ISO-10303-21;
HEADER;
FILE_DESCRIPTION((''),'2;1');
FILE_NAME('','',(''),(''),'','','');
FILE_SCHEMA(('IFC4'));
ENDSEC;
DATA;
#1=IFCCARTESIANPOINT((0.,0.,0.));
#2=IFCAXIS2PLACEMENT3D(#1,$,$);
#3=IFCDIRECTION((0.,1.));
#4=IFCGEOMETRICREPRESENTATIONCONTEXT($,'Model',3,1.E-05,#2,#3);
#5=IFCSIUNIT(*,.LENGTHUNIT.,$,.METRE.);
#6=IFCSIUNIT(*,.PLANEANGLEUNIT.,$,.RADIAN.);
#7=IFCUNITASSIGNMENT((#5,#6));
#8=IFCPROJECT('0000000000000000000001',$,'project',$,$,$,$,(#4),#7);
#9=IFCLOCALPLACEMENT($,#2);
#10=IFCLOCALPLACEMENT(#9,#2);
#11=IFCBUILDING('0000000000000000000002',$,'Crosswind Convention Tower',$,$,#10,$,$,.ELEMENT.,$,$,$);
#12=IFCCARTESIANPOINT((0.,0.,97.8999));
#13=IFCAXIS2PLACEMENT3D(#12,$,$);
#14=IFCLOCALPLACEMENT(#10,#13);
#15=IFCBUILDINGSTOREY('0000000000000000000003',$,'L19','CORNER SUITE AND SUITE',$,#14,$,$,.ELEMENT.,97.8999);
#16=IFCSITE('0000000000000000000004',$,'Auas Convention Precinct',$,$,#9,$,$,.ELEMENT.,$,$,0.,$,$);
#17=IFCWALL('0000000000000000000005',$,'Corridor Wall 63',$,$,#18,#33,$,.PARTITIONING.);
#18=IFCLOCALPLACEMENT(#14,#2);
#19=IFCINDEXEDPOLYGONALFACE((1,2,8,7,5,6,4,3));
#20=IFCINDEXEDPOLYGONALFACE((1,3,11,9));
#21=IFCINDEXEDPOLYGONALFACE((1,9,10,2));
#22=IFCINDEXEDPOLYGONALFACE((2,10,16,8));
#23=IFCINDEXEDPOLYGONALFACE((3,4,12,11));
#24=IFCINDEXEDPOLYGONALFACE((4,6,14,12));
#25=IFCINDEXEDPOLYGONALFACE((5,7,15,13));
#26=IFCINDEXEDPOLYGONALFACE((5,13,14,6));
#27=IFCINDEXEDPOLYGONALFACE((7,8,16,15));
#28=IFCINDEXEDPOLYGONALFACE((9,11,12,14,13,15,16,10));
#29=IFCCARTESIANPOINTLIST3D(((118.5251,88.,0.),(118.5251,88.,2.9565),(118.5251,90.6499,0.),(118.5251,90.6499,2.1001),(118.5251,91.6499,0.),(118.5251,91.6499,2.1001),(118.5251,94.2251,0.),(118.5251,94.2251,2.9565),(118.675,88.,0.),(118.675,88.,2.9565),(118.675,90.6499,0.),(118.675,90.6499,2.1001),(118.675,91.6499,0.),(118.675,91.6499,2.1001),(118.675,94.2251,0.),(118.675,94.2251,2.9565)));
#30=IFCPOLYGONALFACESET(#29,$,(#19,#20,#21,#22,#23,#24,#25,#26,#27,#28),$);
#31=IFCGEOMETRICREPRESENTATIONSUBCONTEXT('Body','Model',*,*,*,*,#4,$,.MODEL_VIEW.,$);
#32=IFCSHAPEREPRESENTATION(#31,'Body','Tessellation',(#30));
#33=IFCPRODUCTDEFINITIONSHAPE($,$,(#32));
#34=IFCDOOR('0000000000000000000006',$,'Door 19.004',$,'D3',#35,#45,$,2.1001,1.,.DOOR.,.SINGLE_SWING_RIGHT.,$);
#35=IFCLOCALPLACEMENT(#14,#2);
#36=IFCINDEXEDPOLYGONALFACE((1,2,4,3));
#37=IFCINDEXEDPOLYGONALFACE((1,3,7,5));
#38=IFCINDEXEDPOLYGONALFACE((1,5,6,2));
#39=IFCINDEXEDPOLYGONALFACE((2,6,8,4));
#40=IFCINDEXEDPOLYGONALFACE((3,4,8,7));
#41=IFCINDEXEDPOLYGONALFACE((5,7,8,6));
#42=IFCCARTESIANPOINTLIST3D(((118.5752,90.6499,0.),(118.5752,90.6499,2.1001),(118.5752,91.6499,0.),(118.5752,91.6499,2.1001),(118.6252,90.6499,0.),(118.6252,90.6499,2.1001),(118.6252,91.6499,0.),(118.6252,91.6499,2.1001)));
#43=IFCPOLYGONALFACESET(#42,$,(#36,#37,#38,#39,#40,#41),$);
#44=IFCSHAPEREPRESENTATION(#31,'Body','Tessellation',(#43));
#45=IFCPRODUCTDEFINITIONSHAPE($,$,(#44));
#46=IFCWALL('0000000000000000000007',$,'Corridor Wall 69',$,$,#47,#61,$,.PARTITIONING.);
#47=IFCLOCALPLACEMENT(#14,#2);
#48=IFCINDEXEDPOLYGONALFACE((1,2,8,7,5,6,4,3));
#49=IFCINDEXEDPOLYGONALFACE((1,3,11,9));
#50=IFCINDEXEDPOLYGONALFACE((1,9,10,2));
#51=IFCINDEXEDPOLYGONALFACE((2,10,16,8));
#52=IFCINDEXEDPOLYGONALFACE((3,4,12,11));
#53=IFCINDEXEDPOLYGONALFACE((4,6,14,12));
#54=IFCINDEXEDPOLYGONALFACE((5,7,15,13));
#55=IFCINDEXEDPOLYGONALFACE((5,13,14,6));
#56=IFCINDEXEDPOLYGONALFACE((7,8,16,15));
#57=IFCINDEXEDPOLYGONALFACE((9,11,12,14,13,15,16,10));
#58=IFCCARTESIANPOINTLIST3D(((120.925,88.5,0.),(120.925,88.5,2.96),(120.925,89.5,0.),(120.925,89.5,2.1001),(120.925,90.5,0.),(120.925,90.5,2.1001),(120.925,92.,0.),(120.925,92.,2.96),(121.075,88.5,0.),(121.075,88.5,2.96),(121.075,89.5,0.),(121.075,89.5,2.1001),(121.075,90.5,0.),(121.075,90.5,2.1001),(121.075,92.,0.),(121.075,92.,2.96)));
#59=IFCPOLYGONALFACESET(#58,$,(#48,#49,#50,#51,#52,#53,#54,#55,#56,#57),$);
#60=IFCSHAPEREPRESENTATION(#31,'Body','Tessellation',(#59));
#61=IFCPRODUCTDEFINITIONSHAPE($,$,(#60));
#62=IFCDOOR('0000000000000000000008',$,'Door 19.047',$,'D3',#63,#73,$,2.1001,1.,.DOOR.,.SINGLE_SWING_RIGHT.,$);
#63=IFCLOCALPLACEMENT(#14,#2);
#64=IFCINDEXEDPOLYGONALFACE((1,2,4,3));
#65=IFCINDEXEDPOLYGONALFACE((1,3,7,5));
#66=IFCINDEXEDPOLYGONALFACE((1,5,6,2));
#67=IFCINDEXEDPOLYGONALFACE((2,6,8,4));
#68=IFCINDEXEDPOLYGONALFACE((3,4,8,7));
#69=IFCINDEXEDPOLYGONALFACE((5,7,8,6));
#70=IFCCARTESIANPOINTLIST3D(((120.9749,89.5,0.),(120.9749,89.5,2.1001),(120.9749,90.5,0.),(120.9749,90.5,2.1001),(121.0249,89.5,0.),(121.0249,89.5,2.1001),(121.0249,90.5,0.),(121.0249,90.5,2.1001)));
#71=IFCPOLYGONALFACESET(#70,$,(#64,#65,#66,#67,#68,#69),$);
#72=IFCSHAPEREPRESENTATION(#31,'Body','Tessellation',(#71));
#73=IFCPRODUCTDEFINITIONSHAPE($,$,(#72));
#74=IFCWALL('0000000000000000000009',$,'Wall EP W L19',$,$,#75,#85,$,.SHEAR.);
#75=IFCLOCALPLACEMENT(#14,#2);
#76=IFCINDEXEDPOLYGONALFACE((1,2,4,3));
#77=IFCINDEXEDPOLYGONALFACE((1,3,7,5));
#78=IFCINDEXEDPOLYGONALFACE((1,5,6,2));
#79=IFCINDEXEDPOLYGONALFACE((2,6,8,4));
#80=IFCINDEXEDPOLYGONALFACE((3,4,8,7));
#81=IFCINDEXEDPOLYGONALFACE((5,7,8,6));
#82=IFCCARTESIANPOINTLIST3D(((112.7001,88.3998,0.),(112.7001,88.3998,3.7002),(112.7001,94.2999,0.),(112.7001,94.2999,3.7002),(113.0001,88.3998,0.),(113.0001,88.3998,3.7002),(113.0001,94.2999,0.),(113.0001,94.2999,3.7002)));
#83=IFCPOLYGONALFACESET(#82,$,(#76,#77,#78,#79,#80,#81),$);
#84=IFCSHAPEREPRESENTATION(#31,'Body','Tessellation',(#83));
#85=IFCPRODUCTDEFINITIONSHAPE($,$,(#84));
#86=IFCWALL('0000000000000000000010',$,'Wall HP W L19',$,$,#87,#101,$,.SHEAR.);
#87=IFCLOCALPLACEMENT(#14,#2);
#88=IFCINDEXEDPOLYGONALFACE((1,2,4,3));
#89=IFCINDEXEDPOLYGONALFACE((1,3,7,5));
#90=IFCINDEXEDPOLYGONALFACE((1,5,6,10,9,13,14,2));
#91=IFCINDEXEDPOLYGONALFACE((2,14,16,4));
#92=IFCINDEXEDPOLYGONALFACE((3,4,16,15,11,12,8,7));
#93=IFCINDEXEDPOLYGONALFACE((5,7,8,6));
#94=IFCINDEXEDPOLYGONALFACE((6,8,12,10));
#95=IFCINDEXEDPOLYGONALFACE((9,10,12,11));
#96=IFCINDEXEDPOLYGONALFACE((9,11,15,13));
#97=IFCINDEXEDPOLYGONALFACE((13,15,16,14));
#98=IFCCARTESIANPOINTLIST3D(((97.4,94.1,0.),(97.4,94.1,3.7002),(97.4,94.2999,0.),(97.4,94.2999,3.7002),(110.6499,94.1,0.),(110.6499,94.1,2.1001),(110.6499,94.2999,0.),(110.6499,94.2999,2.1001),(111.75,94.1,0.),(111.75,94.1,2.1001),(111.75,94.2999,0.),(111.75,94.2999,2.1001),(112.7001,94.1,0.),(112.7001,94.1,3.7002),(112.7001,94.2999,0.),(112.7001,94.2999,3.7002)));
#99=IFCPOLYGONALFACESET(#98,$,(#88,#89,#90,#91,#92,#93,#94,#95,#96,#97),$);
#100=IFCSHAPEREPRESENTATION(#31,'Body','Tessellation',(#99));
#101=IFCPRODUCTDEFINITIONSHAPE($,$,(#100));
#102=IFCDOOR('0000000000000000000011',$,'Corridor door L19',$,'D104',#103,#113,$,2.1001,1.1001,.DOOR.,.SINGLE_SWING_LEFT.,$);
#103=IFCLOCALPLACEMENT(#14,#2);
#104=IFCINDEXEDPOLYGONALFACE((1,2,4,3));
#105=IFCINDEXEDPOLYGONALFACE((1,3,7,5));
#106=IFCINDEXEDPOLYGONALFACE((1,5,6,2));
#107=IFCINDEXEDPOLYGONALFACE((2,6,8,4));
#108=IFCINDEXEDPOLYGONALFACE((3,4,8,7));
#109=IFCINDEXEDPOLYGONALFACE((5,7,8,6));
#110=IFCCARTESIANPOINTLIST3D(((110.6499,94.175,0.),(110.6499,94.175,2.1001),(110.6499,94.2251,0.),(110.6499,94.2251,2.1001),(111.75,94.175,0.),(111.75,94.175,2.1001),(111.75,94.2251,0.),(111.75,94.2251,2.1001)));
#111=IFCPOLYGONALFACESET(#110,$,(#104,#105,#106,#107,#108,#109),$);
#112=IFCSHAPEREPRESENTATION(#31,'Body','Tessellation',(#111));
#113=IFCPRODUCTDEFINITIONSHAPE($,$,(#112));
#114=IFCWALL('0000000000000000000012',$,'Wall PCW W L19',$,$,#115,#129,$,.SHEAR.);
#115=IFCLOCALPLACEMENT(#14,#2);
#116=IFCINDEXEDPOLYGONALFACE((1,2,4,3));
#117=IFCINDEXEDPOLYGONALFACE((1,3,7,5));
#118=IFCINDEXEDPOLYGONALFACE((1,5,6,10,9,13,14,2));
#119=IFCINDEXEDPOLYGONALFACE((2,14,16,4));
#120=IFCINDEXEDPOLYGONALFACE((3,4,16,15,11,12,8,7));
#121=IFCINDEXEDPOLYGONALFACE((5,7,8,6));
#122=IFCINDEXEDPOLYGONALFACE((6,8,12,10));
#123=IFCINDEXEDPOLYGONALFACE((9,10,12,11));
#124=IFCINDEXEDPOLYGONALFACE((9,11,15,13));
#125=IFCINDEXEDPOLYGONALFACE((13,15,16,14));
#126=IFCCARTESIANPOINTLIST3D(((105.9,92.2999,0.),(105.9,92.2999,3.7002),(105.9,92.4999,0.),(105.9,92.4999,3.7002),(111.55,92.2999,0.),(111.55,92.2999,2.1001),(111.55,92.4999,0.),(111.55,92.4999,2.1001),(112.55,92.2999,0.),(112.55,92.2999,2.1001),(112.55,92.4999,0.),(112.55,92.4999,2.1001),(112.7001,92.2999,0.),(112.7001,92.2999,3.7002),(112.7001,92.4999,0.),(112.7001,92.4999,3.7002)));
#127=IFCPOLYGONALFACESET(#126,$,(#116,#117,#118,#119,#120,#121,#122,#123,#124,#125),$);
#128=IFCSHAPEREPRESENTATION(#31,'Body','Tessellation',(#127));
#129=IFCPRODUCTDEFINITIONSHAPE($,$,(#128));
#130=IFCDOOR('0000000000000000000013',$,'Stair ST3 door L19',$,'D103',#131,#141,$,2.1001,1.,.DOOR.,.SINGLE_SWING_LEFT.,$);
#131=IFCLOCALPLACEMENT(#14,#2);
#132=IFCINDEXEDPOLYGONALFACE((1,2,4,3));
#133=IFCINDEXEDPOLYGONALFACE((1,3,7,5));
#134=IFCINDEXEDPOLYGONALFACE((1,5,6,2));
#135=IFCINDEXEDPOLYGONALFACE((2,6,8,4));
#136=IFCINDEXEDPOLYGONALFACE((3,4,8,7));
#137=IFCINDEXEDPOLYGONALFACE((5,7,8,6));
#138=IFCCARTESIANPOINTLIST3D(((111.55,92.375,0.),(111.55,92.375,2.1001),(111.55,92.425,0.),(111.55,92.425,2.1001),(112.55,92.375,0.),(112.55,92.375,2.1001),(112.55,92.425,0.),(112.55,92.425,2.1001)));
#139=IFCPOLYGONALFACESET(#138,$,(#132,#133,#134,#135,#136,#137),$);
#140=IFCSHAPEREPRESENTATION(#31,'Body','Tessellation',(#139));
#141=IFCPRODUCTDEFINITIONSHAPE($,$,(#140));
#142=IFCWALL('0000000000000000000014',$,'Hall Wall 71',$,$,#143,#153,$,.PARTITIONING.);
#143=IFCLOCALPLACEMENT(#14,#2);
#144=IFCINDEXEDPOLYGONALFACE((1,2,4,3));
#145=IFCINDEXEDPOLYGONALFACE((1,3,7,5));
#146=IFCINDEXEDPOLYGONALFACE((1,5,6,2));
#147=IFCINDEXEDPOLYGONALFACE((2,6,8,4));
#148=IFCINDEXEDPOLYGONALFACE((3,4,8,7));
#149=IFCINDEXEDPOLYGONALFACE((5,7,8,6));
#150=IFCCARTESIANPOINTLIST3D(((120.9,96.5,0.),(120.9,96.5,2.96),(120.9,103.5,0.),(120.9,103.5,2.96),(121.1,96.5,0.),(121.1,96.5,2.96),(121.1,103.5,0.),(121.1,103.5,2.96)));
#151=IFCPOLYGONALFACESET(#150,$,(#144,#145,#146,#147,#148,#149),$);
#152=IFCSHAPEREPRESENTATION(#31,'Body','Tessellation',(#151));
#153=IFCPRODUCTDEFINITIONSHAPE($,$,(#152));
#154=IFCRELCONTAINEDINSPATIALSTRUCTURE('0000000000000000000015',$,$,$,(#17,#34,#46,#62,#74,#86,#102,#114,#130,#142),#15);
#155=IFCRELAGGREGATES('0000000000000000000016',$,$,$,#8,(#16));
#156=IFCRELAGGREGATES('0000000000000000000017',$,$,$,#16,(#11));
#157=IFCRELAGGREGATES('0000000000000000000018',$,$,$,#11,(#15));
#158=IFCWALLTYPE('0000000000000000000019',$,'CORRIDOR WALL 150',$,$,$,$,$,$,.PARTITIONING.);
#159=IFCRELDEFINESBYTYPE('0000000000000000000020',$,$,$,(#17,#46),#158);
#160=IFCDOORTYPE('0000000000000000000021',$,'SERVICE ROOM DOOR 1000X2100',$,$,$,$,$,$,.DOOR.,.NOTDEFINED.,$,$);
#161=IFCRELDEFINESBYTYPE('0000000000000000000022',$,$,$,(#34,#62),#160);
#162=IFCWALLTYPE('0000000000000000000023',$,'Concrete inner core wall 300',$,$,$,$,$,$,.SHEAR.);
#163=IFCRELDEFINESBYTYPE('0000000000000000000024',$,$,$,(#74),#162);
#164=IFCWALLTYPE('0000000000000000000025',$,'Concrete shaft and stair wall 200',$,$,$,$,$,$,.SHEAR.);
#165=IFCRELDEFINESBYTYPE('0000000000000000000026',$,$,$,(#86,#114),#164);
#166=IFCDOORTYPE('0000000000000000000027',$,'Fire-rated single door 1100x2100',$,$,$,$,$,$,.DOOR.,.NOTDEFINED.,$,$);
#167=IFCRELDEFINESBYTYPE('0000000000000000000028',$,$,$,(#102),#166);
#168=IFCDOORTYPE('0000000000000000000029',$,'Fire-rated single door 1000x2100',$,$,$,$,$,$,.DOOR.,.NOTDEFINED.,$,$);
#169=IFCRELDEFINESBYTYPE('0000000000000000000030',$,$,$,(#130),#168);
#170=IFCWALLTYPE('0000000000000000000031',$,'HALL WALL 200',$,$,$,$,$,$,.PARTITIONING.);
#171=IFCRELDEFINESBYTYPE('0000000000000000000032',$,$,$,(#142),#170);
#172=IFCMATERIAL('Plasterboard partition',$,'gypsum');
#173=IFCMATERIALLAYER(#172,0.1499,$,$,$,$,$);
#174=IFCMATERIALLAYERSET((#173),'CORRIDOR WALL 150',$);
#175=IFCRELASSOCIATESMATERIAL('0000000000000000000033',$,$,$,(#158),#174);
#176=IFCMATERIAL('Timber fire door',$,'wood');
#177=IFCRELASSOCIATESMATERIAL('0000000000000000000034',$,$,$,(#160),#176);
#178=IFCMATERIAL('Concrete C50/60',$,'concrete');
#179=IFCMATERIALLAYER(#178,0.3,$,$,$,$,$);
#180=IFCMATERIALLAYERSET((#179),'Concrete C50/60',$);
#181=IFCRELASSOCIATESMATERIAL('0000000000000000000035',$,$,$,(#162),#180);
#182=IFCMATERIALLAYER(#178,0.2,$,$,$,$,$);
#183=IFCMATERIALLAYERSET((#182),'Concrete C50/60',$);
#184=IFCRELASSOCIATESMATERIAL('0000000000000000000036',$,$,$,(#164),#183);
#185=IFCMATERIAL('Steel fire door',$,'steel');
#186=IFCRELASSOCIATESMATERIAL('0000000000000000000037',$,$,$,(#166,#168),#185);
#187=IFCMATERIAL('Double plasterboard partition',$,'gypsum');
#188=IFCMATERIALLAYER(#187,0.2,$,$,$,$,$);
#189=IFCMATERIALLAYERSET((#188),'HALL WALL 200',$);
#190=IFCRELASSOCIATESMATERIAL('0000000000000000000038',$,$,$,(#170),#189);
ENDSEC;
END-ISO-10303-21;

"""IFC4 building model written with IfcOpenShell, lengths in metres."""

from ifc_helpers import new_model, si_unit, direction, frame, frame_2d, origin, place, context, subcontext, project, spatial, rectangle, extrude, material, layer, layer_set, type_object, element, fill, save


model = new_model("IFC4")

# Units and contexts
model_context = context("Model", 3, precision=1e-05, world=origin(), true_north=direction((0.0, 1.0)))
body_context = subcontext(model_context, "Body", "Model", "MODEL_VIEW")
ifc_project = project(units=[si_unit("LENGTHUNIT", "METRE"), si_unit("PLANEANGLEUNIT", "RADIAN")], contexts=[model_context])

# Site, building, storey
site_placement = place(None, origin())
site = spatial("IfcSite", under=ifc_project, at=site_placement, Name="Auas Convention Precinct", CompositionType="ELEMENT", RefElevation=0.0)
building_placement = place(site_placement, origin())
building = spatial("IfcBuilding", under=site, at=building_placement, Name="Crosswind Convention Tower", CompositionType="ELEMENT")
storey_placement = place(building_placement, frame((0.0, 0.0, 97.8999)))
storey = spatial("IfcBuildingStorey", under=building, at=storey_placement, Name="L19", Description="CORNER SUITE AND SUITE", CompositionType="ELEMENT", Elevation=97.8999)

# Shared definitions
ifc_material_1 = material(Name="Steel fire door", Category="steel")

# Shared definitions
ifc_material_2 = material(Name="Plasterboard partition", Category="gypsum")
ifc_layer_1 = layer(ifc_material_2, 0.1499)
ifc_layer_set_1 = layer_set([ifc_layer_1], Name="CORRIDOR WALL 150")
wall_type_1 = type_object("IfcWallType", Name="CORRIDOR WALL 150", PredefinedType="PARTITIONING", material=ifc_layer_set_1)

# Walls, openings, doors
wall_1_placement = place(storey_placement, frame((118.6001, 88.0, 0.0), z_axis=(0.0, 0.0, 1.0), x_axis=(0.0, 1.0, 0.0)))
wall_1 = element("IfcWall", 1, at=wall_1_placement, inside=storey, type_object=wall_type_1, Name="Corridor Wall 63", PredefinedType="PARTITIONING", context=body_context, shape_type="SweptSolid", body=[
    extrude(rectangle(XDim=6.2251, YDim=0.1499, at=frame_2d((3.1125, 0.0))), origin(), (0.0, 0.0, 1.0), 2.9565),
])
opening_1_placement = place(wall_1_placement, frame((2.6499, 0.0, 0.0)))
opening_1 = element("IfcOpeningElement", 2, at=opening_1_placement, cuts=wall_1, PredefinedType="OPENING", context=body_context, shape_type="SweptSolid", body=[
    extrude(rectangle(XDim=1.0, YDim=2.1001, at=frame_2d((0.5, 1.05))), frame((0.0, 0.085, 0.0), z_axis=(0.0, -1.0, 0.0), x_axis=(1.0, 0.0, 0.0)), (0.0, 0.0, 1.0), 0.1699),
])
ifc_material_3 = material(Name="Timber fire door", Category="wood")
door_type_1 = type_object("IfcDoorType", Name="SERVICE ROOM DOOR 1000X2100", OperationType="NOTDEFINED", PredefinedType="DOOR", material=ifc_material_3)
door_1_placement = place(opening_1_placement, origin())
door_1 = element("IfcDoor", 3, at=door_1_placement, inside=storey, type_object=door_type_1, Name="Door 19.004", ObjectType="D3", OperationType="SINGLE_SWING_RIGHT", OverallHeight=2.1001, OverallWidth=1.0, PredefinedType="DOOR", context=body_context, shape_type="SweptSolid", body=[
    extrude(rectangle(XDim=1.0, YDim=2.1001, at=frame_2d((0.5, 1.05))), frame((0.0, 0.0249, 0.0), z_axis=(0.0, -1.0, 0.0), x_axis=(1.0, 0.0, 0.0)), (0.0, 0.0, 1.0), 0.05),
])
fill(opening_1, door_1)
wall_2_placement = place(storey_placement, frame((121.0, 88.5, 0.0), z_axis=(0.0, 0.0, 1.0), x_axis=(0.0, 1.0, 0.0)))
wall_2 = element("IfcWall", 4, at=wall_2_placement, inside=storey, type_object=wall_type_1, Name="Corridor Wall 69", PredefinedType="PARTITIONING", context=body_context, shape_type="SweptSolid", body=[
    extrude(rectangle(XDim=3.5, YDim=0.1499, at=frame_2d((1.75, 0.0))), origin(), (0.0, 0.0, 1.0), 2.96),
])
opening_2_placement = place(wall_2_placement, frame((1.0, 0.0, 0.0)))
opening_2 = element("IfcOpeningElement", 5, at=opening_2_placement, cuts=wall_2, PredefinedType="OPENING", context=body_context, shape_type="SweptSolid", body=[
    extrude(rectangle(XDim=1.0, YDim=2.1001, at=frame_2d((0.5, 1.05))), frame((0.0, 0.085, 0.0), z_axis=(0.0, -1.0, 0.0), x_axis=(1.0, 0.0, 0.0)), (0.0, 0.0, 1.0), 0.1699),
])
door_2_placement = place(opening_2_placement, frame((1.0, 0.0, 0.0), z_axis=(0.0, 0.0, 1.0), x_axis=(-1.0, 0.0, 0.0)))
door_2 = element("IfcDoor", 6, at=door_2_placement, inside=storey, type_object=door_type_1, Name="Door 19.047", ObjectType="D3", OperationType="SINGLE_SWING_RIGHT", OverallHeight=2.1001, OverallWidth=1.0, PredefinedType="DOOR", context=body_context, shape_type="SweptSolid", body=[
    extrude(rectangle(XDim=1.0, YDim=2.1001, at=frame_2d((0.5, 1.05))), frame((0.0, 0.0249, 0.0), z_axis=(0.0, -1.0, 0.0), x_axis=(1.0, 0.0, 0.0)), (0.0, 0.0, 1.0), 0.05),
])
fill(opening_2, door_2)

# Wall
ifc_material_4 = material(Name="Concrete C50/60", Category="concrete")
ifc_layer_2 = layer(ifc_material_4, 0.3)
ifc_layer_set_2 = layer_set([ifc_layer_2], Name="Concrete C50/60")
wall_type_2 = type_object("IfcWallType", Name="Concrete inner core wall 300", PredefinedType="SHEAR", material=ifc_layer_set_2)
wall_3_placement = place(storey_placement, frame((112.8501, 94.3, 0.0), z_axis=(0.0, 0.0, 1.0), x_axis=(0.0, -1.0, 0.0)))
element("IfcWall", 7, at=wall_3_placement, inside=storey, type_object=wall_type_2, Name="Wall EP W L19", PredefinedType="SHEAR", context=body_context, shape_type="SweptSolid", body=[
    extrude(rectangle(XDim=5.9001, YDim=0.3, at=frame_2d((2.9502, 0.0))), origin(), (0.0, 0.0, 1.0), 3.7002),
])

# Walls, openings, doors
ifc_layer_3 = layer(ifc_material_4, 0.2)
ifc_layer_set_3 = layer_set([ifc_layer_3], Name="Concrete C50/60")
wall_type_3 = type_object("IfcWallType", Name="Concrete shaft and stair wall 200", PredefinedType="SHEAR", material=ifc_layer_set_3)
wall_4_placement = place(storey_placement, frame((112.7, 94.2, 0.0), z_axis=(0.0, 0.0, 1.0), x_axis=(-1.0, 0.0, 0.0)))
wall_4 = element("IfcWall", 8, at=wall_4_placement, inside=storey, type_object=wall_type_3, Name="Wall HP W L19", PredefinedType="SHEAR", context=body_context, shape_type="SweptSolid", body=[
    extrude(rectangle(XDim=15.3, YDim=0.2, at=frame_2d((7.6499, 0.0))), origin(), (0.0, 0.0, 1.0), 3.7002),
])
opening_3_placement = place(wall_4_placement, frame((0.95, 0.0, 0.0)))
opening_3 = element("IfcOpeningElement", 9, at=opening_3_placement, cuts=wall_4, PredefinedType="OPENING", context=body_context, shape_type="SweptSolid", body=[
    extrude(rectangle(XDim=1.1001, YDim=2.1001, at=frame_2d((0.55, 1.05))), frame((0.0, 0.1099, 0.0), z_axis=(0.0, -1.0, 0.0), x_axis=(1.0, 0.0, 0.0)), (0.0, 0.0, 1.0), 0.22),
])
door_type_2 = type_object("IfcDoorType", Name="Fire-rated single door 1100x2100", OperationType="NOTDEFINED", PredefinedType="DOOR", material=ifc_material_1)
door_3_placement = place(opening_3_placement, origin())
door_3 = element("IfcDoor", 10, at=door_3_placement, inside=storey, type_object=door_type_2, Name="Corridor door L19", ObjectType="D104", OperationType="SINGLE_SWING_LEFT", OverallHeight=2.1001, OverallWidth=1.1001, PredefinedType="DOOR", context=body_context, shape_type="SweptSolid", body=[
    extrude(rectangle(XDim=1.1001, YDim=2.1001, at=frame_2d((0.55, 1.05))), frame((0.0, 0.0249, 0.0), z_axis=(0.0, -1.0, 0.0), x_axis=(1.0, 0.0, 0.0)), (0.0, 0.0, 1.0), 0.05),
])
fill(opening_3, door_3)
wall_5_placement = place(storey_placement, frame((112.7, 92.3999, 0.0), z_axis=(0.0, 0.0, 1.0), x_axis=(-1.0, 0.0, 0.0)))
wall_5 = element("IfcWall", 11, at=wall_5_placement, inside=storey, type_object=wall_type_3, Name="Wall PCW W L19", PredefinedType="SHEAR", context=body_context, shape_type="SweptSolid", body=[
    extrude(rectangle(XDim=6.8, YDim=0.2, at=frame_2d((3.3999, 0.0))), origin(), (0.0, 0.0, 1.0), 3.7002),
])
opening_4_placement = place(wall_5_placement, frame((0.1499, 0.0, 0.0)))
opening_4 = element("IfcOpeningElement", 12, at=opening_4_placement, cuts=wall_5, PredefinedType="OPENING", context=body_context, shape_type="SweptSolid", body=[
    extrude(rectangle(XDim=1.0, YDim=2.1001, at=frame_2d((0.5, 1.05))), frame((0.0, 0.1099, 0.0), z_axis=(0.0, -1.0, 0.0), x_axis=(1.0, 0.0, 0.0)), (0.0, 0.0, 1.0), 0.22),
])
door_type_3 = type_object("IfcDoorType", Name="Fire-rated single door 1000x2100", OperationType="NOTDEFINED", PredefinedType="DOOR", material=ifc_material_1)
door_4_placement = place(opening_4_placement, origin())
door_4 = element("IfcDoor", 13, at=door_4_placement, inside=storey, type_object=door_type_3, Name="Stair ST3 door L19", ObjectType="D103", OperationType="SINGLE_SWING_LEFT", OverallHeight=2.1001, OverallWidth=1.0, PredefinedType="DOOR", context=body_context, shape_type="SweptSolid", body=[
    extrude(rectangle(XDim=1.0, YDim=2.1001, at=frame_2d((0.5, 1.05))), frame((0.0, 0.0249, 0.0), z_axis=(0.0, -1.0, 0.0), x_axis=(1.0, 0.0, 0.0)), (0.0, 0.0, 1.0), 0.05),
])
fill(opening_4, door_4)

# Wall
ifc_material_5 = material(Name="Double plasterboard partition", Category="gypsum")
ifc_layer_4 = layer(ifc_material_5, 0.2)
ifc_layer_set_4 = layer_set([ifc_layer_4], Name="HALL WALL 200")
wall_type_4 = type_object("IfcWallType", Name="HALL WALL 200", PredefinedType="PARTITIONING", material=ifc_layer_set_4)
wall_6_placement = place(storey_placement, frame((121.0, 96.5, 0.0), z_axis=(0.0, 0.0, 1.0), x_axis=(0.0, 1.0, 0.0)))
element("IfcWall", 14, at=wall_6_placement, inside=storey, type_object=wall_type_4, Name="Hall Wall 71", PredefinedType="PARTITIONING", context=body_context, shape_type="SweptSolid", body=[
    extrude(rectangle(XDim=7.0, YDim=0.2, at=frame_2d((3.5, 0.0))), origin(), (0.0, 0.0, 1.0), 2.96),
])

save(model, "model.ifc")
